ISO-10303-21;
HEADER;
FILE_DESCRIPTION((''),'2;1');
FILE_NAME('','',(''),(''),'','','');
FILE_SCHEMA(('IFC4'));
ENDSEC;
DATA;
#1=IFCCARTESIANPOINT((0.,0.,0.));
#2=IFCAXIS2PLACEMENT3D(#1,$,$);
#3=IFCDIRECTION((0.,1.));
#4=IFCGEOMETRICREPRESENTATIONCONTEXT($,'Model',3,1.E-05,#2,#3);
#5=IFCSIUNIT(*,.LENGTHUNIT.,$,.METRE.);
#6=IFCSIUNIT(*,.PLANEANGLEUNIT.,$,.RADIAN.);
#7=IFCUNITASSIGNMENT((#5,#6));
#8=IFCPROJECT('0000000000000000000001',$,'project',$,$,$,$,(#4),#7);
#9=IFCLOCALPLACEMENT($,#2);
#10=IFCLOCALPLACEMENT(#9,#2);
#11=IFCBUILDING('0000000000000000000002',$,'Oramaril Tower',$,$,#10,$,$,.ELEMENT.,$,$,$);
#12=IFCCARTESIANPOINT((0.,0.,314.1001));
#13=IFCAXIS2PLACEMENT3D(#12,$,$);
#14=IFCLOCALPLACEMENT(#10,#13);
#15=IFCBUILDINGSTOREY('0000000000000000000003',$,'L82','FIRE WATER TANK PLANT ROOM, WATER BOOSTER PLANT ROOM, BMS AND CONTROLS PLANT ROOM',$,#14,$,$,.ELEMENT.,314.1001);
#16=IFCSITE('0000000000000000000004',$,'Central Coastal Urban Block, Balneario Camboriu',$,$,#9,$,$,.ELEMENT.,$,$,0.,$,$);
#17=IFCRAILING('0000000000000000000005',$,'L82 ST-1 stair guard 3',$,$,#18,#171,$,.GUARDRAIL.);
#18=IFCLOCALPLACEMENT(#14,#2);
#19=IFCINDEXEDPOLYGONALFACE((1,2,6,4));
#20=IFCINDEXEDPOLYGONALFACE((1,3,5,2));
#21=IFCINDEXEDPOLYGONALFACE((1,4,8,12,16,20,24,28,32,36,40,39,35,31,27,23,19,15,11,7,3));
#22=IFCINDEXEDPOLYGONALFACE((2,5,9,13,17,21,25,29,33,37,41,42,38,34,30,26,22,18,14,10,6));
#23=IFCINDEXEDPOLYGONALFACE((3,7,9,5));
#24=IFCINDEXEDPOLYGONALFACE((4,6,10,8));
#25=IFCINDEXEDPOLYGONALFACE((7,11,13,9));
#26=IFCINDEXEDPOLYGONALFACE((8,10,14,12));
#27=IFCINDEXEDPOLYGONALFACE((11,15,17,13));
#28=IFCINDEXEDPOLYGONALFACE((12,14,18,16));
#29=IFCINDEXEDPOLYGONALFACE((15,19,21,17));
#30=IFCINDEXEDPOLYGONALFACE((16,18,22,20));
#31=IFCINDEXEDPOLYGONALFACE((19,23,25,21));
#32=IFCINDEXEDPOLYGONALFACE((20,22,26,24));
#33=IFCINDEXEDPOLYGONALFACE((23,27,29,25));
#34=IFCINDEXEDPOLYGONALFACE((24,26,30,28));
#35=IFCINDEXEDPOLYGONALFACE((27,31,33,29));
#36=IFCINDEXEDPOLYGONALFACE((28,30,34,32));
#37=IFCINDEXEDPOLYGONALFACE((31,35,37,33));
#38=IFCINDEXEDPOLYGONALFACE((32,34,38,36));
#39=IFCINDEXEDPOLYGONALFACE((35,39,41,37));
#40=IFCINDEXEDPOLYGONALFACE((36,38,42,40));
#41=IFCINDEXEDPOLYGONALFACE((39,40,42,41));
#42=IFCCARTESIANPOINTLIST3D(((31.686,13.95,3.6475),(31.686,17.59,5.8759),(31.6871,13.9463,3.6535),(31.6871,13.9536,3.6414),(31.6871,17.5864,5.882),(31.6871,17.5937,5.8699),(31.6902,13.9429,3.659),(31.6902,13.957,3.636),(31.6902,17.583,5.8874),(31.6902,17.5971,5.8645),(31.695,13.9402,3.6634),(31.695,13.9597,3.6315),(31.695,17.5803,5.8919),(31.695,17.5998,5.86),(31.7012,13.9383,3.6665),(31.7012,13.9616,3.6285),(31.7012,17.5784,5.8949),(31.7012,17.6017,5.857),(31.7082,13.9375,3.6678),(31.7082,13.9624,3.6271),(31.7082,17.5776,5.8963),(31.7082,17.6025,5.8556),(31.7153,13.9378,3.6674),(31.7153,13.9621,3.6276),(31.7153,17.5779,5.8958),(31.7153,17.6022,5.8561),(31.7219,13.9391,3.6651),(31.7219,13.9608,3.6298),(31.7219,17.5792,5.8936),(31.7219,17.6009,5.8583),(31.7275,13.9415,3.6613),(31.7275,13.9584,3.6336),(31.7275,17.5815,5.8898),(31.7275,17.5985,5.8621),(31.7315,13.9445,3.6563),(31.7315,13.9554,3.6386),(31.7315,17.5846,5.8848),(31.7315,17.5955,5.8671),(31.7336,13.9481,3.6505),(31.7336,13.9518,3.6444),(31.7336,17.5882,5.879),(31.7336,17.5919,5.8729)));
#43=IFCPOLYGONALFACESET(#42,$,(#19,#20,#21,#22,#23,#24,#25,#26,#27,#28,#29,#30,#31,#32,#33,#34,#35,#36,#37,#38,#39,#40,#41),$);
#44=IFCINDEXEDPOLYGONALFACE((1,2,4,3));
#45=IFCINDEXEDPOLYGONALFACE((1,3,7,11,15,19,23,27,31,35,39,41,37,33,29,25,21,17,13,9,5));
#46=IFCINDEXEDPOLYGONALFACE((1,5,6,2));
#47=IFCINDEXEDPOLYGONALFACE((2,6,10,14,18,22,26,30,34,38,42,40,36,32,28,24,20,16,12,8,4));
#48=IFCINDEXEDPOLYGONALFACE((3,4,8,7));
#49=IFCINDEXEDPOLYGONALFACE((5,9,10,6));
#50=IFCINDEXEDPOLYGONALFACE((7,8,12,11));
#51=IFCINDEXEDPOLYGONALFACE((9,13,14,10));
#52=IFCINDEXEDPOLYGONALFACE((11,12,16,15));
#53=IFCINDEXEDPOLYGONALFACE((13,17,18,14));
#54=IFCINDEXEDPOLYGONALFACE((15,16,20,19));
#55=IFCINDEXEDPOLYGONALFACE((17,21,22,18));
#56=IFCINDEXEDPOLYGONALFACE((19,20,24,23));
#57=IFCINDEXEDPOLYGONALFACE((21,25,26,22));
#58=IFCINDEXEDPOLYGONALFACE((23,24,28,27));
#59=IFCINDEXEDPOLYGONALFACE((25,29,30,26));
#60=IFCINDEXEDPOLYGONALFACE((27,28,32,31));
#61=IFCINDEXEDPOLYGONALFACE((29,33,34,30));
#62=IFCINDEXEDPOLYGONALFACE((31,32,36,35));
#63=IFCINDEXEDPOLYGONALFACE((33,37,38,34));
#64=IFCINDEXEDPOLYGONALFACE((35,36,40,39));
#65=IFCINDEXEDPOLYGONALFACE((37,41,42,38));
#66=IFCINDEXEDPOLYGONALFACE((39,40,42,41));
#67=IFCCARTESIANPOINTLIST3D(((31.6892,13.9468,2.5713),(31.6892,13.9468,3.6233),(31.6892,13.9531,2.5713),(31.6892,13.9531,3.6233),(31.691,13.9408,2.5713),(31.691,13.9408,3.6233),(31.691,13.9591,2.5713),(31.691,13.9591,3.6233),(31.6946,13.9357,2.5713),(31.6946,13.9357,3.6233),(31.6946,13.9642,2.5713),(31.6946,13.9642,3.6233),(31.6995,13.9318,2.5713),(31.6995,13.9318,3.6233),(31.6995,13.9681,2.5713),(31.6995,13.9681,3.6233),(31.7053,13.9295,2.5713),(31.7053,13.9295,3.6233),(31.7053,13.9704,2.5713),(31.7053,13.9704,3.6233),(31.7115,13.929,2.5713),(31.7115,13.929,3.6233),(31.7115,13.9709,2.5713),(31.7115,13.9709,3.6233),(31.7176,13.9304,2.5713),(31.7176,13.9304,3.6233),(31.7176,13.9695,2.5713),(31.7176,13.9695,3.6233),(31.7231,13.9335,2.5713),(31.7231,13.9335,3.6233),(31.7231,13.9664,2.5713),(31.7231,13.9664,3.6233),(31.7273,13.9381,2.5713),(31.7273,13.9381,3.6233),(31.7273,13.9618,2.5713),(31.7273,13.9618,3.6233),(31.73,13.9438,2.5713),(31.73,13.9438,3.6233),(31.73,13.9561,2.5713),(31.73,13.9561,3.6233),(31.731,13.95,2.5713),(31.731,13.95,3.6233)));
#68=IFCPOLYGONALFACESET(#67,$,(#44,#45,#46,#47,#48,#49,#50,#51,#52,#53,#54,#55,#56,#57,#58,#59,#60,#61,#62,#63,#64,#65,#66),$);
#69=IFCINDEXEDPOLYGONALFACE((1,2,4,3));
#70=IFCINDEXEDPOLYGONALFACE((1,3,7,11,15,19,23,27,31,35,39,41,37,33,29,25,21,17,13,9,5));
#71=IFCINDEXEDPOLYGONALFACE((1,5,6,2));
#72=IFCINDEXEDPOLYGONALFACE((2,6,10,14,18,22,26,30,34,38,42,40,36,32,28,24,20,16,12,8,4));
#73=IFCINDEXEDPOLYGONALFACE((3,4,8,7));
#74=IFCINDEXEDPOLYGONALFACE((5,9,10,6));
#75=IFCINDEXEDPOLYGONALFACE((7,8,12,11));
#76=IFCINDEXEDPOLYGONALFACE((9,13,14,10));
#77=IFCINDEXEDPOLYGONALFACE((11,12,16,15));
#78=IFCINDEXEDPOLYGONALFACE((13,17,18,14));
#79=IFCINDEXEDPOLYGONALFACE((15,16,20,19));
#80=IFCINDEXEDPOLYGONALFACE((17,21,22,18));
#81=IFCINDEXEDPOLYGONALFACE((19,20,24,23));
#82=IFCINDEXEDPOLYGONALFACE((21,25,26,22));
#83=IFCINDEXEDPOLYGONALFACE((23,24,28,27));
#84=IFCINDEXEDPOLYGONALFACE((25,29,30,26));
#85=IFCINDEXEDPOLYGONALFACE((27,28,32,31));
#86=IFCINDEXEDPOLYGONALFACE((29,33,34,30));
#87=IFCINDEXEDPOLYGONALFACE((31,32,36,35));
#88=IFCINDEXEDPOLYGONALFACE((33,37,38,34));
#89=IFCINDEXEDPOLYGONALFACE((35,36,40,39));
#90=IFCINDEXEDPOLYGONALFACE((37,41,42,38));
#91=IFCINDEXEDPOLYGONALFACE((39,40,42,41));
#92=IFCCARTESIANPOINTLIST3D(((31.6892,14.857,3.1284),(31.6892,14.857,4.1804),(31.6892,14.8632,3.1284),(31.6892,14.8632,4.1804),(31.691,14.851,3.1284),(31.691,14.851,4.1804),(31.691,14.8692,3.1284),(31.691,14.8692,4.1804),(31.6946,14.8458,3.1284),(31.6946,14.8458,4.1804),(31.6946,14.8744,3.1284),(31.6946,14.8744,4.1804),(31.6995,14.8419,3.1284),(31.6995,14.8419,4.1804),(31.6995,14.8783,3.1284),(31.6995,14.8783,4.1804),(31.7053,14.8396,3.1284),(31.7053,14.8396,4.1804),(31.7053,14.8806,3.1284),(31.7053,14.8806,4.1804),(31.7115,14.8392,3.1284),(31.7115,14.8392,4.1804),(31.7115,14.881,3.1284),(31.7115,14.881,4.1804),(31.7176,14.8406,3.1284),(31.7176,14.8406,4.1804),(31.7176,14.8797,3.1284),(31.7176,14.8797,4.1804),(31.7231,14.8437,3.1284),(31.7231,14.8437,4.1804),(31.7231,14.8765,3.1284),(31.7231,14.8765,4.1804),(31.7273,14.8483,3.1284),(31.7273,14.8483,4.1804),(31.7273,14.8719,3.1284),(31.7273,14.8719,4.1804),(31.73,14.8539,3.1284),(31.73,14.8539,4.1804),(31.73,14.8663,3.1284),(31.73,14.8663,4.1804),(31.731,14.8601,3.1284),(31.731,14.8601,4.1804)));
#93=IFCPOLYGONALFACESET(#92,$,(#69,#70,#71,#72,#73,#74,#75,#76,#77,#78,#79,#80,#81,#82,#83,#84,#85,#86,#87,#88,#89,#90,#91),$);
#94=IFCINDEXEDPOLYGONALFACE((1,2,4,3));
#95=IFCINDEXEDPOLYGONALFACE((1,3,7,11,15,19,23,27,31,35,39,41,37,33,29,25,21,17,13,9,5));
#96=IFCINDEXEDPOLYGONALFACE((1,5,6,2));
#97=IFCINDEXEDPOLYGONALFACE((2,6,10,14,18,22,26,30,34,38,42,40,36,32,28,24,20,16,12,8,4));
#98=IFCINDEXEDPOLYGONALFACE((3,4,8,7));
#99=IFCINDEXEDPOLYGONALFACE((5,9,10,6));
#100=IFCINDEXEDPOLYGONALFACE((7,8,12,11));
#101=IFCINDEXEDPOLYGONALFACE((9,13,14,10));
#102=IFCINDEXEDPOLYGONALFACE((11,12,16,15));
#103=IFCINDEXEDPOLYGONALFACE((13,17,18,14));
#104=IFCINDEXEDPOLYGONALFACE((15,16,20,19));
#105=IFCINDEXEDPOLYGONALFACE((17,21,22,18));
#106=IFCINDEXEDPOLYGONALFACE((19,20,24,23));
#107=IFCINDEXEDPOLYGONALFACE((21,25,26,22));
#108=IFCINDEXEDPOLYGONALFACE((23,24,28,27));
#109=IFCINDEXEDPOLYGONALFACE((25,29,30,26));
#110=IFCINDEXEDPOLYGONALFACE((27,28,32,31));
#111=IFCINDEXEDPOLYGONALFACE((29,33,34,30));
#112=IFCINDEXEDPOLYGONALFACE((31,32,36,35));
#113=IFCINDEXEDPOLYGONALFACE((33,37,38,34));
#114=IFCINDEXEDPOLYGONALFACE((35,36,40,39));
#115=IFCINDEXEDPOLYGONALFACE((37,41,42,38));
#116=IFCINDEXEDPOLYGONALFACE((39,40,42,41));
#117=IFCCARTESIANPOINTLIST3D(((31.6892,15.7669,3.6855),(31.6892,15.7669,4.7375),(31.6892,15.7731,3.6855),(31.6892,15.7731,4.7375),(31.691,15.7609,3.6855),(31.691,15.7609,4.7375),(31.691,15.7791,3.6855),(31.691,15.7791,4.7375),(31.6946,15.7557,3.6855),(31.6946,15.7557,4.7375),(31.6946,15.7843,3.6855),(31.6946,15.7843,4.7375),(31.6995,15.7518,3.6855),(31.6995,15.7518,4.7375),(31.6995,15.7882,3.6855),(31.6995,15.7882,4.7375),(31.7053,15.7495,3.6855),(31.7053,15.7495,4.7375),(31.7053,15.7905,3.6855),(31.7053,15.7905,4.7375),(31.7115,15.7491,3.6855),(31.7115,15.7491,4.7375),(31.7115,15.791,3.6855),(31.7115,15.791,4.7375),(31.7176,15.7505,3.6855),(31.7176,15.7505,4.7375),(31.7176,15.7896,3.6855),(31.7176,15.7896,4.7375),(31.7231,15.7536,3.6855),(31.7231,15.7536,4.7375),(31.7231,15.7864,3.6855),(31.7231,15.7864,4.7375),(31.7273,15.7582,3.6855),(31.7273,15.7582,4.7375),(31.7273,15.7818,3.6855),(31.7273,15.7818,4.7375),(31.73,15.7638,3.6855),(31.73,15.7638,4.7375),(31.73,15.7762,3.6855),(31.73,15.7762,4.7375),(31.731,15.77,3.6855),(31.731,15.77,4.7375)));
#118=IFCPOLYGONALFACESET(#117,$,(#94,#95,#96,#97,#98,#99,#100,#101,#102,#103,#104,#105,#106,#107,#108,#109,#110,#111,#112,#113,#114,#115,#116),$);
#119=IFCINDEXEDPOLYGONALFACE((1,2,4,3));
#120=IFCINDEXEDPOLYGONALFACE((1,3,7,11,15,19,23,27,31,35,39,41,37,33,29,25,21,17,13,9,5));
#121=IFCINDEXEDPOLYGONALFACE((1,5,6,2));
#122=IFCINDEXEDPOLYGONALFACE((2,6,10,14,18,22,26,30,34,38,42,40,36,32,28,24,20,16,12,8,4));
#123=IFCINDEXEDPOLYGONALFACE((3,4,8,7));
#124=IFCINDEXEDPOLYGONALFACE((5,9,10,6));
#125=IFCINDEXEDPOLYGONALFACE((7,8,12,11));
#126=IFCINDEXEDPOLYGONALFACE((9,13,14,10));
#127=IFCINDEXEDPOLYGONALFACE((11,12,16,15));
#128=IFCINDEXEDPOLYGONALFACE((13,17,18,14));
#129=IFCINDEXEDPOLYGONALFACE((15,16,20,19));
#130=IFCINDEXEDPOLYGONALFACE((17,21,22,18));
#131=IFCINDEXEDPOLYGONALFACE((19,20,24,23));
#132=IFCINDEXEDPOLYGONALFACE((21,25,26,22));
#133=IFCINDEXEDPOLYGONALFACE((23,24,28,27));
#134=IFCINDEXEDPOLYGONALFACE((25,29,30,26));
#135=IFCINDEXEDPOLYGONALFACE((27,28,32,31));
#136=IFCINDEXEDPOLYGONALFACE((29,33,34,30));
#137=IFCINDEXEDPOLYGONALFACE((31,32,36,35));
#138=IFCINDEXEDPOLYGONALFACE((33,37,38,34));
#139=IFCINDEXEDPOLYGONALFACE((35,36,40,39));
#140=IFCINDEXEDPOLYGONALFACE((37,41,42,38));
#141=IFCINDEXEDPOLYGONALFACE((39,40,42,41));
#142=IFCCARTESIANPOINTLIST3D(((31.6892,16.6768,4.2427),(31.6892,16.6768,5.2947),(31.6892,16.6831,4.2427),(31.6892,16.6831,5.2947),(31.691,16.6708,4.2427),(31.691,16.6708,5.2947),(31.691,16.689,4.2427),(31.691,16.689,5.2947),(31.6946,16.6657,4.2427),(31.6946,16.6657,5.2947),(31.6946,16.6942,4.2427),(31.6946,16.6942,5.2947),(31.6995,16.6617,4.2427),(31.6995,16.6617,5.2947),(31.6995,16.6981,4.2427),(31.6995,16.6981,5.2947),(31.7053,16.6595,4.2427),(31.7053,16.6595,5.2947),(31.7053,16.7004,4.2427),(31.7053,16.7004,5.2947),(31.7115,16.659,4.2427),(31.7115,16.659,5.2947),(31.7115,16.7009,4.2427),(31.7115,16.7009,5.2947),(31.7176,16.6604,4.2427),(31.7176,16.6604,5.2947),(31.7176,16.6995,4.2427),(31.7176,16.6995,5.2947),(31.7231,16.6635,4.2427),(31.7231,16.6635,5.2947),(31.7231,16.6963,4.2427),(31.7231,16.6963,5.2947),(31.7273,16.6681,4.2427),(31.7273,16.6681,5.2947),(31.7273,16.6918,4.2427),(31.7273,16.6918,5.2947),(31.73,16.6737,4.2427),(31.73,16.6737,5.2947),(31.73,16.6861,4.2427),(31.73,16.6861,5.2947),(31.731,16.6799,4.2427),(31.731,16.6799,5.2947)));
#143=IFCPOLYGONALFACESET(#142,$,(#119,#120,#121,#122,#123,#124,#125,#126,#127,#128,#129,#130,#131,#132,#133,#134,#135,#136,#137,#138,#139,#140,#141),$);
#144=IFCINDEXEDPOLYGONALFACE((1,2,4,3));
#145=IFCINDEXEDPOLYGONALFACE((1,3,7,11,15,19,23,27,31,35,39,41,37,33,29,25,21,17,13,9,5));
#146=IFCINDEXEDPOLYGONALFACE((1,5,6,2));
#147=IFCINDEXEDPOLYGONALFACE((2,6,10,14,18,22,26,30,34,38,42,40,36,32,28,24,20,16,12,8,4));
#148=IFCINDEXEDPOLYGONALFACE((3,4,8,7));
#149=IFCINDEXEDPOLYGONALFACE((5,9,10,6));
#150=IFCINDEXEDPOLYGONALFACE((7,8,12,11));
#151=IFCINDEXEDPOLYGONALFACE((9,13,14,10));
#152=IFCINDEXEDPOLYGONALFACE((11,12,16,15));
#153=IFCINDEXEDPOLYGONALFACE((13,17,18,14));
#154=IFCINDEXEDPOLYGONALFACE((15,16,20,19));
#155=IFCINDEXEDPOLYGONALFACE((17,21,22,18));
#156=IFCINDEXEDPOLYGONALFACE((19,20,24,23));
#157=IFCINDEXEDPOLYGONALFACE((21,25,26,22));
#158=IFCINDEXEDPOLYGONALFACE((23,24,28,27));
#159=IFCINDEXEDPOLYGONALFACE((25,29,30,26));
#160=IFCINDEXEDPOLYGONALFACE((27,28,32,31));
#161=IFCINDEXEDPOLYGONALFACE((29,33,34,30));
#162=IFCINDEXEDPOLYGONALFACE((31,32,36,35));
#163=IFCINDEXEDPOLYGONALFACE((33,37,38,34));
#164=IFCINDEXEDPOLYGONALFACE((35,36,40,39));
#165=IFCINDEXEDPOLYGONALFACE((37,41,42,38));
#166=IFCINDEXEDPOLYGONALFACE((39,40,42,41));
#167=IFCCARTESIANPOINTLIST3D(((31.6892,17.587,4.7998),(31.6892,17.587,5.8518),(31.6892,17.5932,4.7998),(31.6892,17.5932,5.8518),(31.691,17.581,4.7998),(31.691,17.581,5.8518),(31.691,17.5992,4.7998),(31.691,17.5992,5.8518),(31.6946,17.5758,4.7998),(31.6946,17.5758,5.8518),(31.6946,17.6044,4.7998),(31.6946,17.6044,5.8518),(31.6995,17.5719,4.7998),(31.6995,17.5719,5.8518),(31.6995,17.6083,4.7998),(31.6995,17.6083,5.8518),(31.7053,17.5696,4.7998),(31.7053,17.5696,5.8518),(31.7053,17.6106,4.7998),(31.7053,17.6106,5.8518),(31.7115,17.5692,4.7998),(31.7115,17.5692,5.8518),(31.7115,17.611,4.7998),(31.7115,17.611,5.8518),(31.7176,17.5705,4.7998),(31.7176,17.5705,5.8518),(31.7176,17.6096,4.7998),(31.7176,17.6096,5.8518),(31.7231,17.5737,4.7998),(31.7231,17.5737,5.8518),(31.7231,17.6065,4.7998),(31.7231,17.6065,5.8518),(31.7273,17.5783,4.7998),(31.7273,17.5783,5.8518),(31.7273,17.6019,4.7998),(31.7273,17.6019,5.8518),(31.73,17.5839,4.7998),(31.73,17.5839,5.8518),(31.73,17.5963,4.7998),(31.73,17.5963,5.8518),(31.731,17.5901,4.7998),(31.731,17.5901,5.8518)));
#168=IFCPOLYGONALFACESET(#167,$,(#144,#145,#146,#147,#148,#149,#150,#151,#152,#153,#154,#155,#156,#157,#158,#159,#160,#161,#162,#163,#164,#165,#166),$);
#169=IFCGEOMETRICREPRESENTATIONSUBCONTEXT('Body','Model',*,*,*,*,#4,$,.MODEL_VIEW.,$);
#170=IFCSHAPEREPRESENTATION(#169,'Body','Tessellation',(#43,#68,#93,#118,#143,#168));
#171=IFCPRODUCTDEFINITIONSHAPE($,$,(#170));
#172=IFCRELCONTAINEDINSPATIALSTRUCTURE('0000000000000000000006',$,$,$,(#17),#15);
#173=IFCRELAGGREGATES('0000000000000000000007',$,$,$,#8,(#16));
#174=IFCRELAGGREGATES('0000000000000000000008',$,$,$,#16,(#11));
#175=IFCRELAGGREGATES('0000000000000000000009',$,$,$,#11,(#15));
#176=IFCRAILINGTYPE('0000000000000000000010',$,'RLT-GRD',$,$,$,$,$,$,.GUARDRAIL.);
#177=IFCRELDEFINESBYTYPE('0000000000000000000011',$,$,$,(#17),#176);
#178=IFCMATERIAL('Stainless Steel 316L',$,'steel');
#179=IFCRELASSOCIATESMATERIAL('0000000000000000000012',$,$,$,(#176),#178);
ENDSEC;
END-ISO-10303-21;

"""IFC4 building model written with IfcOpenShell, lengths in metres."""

from ifc_helpers import new_model, si_unit, direction, frame, origin, origin_2d, place, context, subcontext, project, spatial, circle, extrude, material, type_object, element, save


model = new_model("IFC4")

# Units and contexts
model_context = context("Model", 3, precision=1e-05, world=origin(), true_north=direction((0.0, 1.0)))
body_context = subcontext(model_context, "Body", "Model", "MODEL_VIEW")
ifc_project = project(units=[si_unit("LENGTHUNIT", "METRE"), si_unit("PLANEANGLEUNIT", "RADIAN")], contexts=[model_context])

# Site, building, storey
site_placement = place(None, origin())
site = spatial("IfcSite", under=ifc_project, at=site_placement, Name="Central Coastal Urban Block, Balneario Camboriu", CompositionType="ELEMENT", RefElevation=0.0)
building_placement = place(site_placement, origin())
building = spatial("IfcBuilding", under=site, at=building_placement, Name="Oramaril Tower", CompositionType="ELEMENT")
storey_placement = place(building_placement, frame((0.0, 0.0, 314.1001)))
storey = spatial("IfcBuildingStorey", under=building, at=storey_placement, Name="L82", Description="FIRE WATER TANK PLANT ROOM, WATER BOOSTER PLANT ROOM, BMS AND CONTROLS PLANT ROOM", CompositionType="ELEMENT", Elevation=314.1001)

# Railing
ifc_material_1 = material(Name="Stainless Steel 316L", Category="steel")
railing_type_1 = type_object("IfcRailingType", Name="RLT-GRD", PredefinedType="GUARDRAIL", material=ifc_material_1)
railing_1_placement = place(storey_placement, frame((31.71, 13.95, 2.5713)))
element("IfcRailing", 1, at=railing_1_placement, inside=storey, type_object=railing_type_1, Name="L82 ST-1 stair guard 3", PredefinedType="GUARDRAIL", context=body_context, shape_type="SweptSolid", body=[
    extrude(circle(Radius=0.0239, at=origin_2d()), frame((0.0, 0.0, 1.0762), z_axis=(0.0, 0.852866, 0.52213), x_axis=(-1.0, 0.0, 0.0)), (0.0, 0.0, 1.0), 4.2681),
    extrude(circle(Radius=0.021, at=origin_2d()), origin(), (0.0, 0.0, 1.0), 1.052),
    extrude(circle(Radius=0.021, at=origin_2d()), frame((0.0, 0.9102, 0.5571)), (0.0, 0.0, 1.0), 1.052),
    extrude(circle(Radius=0.021, at=origin_2d()), frame((0.0, 1.8201, 1.1143)), (0.0, 0.0, 1.0), 1.052),
    extrude(circle(Radius=0.021, at=origin_2d()), frame((0.0, 2.73, 1.6714)), (0.0, 0.0, 1.0), 1.052),
    extrude(circle(Radius=0.021, at=origin_2d()), frame((0.0, 3.6401, 2.2285)), (0.0, 0.0, 1.0), 1.052),
])

save(model, "model.ifc")
